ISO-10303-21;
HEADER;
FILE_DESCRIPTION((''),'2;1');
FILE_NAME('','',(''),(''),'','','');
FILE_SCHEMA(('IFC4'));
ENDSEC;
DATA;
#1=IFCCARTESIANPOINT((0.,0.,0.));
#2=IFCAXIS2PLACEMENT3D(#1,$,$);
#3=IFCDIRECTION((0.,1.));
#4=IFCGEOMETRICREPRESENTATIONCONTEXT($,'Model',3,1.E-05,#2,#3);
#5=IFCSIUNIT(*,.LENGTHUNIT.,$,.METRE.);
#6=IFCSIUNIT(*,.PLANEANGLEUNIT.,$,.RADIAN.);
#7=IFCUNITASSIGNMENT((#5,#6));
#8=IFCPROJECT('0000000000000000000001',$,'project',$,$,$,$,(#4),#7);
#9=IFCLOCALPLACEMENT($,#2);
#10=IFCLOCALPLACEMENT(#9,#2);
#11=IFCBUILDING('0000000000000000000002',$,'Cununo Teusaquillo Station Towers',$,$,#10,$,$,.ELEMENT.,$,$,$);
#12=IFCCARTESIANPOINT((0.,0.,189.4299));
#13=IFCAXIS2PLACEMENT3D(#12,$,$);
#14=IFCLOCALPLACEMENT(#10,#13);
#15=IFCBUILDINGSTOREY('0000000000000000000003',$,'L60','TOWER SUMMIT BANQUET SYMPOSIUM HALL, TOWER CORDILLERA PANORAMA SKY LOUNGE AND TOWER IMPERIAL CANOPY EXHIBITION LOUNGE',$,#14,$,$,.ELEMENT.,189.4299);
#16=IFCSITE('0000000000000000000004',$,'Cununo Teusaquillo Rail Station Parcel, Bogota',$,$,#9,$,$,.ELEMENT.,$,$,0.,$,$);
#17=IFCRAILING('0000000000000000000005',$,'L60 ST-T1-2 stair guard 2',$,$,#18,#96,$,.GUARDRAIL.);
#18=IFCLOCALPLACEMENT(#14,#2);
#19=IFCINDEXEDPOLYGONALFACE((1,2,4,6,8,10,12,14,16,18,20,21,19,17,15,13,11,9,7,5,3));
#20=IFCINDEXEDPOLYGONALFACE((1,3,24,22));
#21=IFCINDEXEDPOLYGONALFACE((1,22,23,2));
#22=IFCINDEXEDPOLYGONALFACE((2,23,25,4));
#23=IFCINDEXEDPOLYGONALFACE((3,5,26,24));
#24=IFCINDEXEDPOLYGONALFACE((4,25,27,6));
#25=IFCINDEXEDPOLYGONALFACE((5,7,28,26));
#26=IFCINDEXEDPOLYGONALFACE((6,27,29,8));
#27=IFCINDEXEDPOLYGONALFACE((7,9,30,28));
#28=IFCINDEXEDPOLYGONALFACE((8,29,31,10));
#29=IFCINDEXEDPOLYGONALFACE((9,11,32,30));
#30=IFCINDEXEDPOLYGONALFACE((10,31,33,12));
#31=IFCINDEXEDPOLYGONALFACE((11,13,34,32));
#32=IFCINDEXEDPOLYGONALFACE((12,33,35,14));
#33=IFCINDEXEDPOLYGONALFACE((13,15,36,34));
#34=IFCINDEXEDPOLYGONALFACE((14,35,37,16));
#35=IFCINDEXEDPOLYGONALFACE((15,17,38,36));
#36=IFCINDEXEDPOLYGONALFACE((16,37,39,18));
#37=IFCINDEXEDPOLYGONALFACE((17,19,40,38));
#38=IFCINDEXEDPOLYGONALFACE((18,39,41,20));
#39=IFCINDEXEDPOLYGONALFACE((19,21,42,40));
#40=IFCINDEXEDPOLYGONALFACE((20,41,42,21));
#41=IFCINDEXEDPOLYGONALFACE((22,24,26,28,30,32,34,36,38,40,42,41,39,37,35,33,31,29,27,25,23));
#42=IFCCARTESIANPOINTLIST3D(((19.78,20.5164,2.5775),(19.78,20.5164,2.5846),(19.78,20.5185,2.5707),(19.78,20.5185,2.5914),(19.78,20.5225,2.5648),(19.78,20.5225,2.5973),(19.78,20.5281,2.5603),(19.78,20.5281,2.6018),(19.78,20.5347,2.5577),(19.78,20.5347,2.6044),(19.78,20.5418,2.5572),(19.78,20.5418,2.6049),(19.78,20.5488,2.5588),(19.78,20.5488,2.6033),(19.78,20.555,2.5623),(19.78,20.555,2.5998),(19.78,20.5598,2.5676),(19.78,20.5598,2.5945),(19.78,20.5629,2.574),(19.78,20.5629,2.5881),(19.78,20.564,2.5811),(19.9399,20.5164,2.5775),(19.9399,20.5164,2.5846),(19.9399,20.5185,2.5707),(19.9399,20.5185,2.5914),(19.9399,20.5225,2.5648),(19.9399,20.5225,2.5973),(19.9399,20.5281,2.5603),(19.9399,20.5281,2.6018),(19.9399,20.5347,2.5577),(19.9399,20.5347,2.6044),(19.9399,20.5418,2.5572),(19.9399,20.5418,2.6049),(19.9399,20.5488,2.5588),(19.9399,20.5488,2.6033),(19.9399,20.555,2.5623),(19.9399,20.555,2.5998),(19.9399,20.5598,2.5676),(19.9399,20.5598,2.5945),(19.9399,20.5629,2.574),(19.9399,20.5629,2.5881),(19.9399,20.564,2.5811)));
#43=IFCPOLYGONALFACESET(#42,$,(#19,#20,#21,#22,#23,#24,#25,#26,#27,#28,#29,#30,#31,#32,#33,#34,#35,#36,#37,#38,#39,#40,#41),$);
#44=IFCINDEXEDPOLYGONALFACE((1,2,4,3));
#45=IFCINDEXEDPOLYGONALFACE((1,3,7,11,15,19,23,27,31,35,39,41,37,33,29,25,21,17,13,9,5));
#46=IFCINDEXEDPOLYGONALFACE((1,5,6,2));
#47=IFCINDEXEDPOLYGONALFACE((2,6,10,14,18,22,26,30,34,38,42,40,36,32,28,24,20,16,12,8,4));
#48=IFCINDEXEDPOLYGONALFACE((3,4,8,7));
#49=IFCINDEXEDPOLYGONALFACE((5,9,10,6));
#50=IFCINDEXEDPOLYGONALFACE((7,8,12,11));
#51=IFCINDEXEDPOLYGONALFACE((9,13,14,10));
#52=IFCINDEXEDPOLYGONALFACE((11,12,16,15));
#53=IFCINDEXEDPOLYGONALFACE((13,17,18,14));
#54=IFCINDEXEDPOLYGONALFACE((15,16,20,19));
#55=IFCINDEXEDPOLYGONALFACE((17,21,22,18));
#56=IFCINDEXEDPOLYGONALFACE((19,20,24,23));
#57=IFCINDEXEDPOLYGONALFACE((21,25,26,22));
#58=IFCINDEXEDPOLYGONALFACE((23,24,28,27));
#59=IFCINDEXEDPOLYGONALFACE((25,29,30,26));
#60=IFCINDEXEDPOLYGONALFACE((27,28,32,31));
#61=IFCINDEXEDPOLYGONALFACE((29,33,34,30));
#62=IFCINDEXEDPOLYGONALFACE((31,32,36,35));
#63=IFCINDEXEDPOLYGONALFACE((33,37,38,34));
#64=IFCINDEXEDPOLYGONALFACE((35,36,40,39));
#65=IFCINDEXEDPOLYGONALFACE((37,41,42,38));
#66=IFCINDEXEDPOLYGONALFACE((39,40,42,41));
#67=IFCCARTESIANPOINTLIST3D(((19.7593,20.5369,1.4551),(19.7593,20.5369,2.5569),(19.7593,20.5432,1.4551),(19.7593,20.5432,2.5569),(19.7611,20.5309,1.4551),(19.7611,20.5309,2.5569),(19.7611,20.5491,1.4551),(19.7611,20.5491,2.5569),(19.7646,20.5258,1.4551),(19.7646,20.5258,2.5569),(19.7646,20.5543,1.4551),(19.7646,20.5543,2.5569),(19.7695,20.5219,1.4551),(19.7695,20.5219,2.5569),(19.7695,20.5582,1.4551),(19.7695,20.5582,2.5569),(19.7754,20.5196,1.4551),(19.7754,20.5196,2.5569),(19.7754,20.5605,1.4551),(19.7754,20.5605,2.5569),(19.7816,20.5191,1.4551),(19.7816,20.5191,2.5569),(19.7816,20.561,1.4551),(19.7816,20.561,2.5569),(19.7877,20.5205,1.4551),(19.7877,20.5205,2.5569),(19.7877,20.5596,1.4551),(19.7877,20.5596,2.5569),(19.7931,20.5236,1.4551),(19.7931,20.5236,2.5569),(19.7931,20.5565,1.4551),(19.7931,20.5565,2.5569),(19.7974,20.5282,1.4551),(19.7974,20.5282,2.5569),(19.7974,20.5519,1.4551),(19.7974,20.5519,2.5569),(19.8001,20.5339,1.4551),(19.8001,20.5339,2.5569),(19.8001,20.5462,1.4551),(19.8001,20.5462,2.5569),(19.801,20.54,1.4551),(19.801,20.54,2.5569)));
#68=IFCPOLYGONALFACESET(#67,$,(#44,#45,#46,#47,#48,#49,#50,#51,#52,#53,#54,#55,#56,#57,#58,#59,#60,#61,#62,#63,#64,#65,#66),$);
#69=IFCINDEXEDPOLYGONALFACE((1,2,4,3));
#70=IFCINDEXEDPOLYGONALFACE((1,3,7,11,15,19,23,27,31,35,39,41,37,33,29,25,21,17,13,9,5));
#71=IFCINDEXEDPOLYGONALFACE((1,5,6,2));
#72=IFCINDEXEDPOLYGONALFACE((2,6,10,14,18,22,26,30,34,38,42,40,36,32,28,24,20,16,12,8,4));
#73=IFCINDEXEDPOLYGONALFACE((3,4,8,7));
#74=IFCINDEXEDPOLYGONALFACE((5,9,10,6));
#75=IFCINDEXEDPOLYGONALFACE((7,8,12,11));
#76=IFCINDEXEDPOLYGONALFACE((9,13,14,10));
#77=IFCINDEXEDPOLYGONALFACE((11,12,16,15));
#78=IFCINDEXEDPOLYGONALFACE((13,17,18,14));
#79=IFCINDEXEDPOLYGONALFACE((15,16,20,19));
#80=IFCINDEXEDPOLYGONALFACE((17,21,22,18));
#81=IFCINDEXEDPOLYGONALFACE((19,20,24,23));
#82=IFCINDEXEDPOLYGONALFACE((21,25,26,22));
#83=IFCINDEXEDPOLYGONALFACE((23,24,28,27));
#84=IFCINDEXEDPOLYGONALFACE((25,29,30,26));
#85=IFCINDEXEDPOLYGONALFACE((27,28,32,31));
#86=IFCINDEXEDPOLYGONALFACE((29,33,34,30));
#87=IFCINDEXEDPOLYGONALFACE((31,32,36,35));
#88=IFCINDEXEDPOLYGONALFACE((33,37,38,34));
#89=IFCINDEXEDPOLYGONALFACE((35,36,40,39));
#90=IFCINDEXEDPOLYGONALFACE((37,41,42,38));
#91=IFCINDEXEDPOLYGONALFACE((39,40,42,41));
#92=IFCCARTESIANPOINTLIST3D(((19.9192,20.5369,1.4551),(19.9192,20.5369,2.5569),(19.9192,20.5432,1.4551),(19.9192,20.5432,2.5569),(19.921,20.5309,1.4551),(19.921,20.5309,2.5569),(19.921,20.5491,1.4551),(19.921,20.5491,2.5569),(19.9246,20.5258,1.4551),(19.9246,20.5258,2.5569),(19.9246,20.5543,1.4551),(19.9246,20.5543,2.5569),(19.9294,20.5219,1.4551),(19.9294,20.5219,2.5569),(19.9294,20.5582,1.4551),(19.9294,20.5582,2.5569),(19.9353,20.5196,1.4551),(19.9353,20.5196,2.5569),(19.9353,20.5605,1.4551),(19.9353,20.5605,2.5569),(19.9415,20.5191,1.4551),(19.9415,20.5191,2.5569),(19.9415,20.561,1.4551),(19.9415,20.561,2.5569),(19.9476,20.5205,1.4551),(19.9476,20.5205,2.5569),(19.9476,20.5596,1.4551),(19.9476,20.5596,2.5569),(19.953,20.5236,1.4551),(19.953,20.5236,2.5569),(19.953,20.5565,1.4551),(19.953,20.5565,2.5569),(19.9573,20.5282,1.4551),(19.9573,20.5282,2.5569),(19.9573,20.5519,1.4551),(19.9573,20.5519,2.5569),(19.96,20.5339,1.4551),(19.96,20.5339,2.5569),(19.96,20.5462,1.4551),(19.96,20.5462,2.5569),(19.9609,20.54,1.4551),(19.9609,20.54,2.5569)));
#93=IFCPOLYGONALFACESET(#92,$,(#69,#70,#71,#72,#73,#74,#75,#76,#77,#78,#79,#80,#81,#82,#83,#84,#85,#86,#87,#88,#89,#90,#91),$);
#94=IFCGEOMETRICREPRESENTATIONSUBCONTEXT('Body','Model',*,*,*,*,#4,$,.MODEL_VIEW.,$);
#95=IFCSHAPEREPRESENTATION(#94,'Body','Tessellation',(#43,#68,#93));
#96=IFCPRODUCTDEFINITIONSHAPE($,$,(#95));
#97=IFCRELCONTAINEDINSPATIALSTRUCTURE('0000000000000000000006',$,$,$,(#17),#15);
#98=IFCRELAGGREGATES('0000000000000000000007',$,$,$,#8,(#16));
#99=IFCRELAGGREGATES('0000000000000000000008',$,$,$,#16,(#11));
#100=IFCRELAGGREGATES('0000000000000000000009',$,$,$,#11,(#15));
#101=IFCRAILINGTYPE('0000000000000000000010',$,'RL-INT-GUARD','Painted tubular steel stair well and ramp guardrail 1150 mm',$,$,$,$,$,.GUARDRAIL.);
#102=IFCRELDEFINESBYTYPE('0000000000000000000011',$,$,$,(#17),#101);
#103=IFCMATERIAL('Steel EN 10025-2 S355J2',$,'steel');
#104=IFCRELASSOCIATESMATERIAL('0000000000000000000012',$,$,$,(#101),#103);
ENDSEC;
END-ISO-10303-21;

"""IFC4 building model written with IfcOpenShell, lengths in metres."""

from ifc_helpers import new_model, si_unit, direction, frame, origin, origin_2d, place, context, subcontext, project, spatial, circle, extrude, material, type_object, element, save


model = new_model("IFC4")

# Units and contexts
model_context = context("Model", 3, precision=1e-05, world=origin(), true_north=direction((0.0, 1.0)))
body_context = subcontext(model_context, "Body", "Model", "MODEL_VIEW")
ifc_project = project(units=[si_unit("LENGTHUNIT", "METRE"), si_unit("PLANEANGLEUNIT", "RADIAN")], contexts=[model_context])

# Site, building, storey
site_placement = place(None, origin())
site = spatial("IfcSite", under=ifc_project, at=site_placement, Name="Cununo Teusaquillo Rail Station Parcel, Bogota", CompositionType="ELEMENT", RefElevation=0.0)
building_placement = place(site_placement, origin())
building = spatial("IfcBuilding", under=site, at=building_placement, Name="Cununo Teusaquillo Station Towers", CompositionType="ELEMENT")
storey_placement = place(building_placement, frame((0.0, 0.0, 189.4299)))
storey = spatial("IfcBuildingStorey", under=building, at=storey_placement, Name="L60", Description="TOWER SUMMIT BANQUET SYMPOSIUM HALL, TOWER CORDILLERA PANORAMA SKY LOUNGE AND TOWER IMPERIAL CANOPY EXHIBITION LOUNGE", CompositionType="ELEMENT", Elevation=189.4299)

# Railing
ifc_material_1 = material(Name="Steel EN 10025-2 S355J2", Category="steel")
railing_type_1 = type_object("IfcRailingType", Name="RL-INT-GUARD", Description="Painted tubular steel stair well and ramp guardrail 1150 mm", PredefinedType="GUARDRAIL", material=ifc_material_1)
railing_1_placement = place(storey_placement, frame((19.78, 20.54, 1.4551)))
element("IfcRailing", 1, at=railing_1_placement, inside=storey, type_object=railing_type_1, Name="L60 ST-T1-2 stair guard 2", PredefinedType="GUARDRAIL", context=body_context, shape_type="SweptSolid", body=[
    extrude(circle(Radius=0.0239, at=origin_2d()), frame((0.0, 0.0, 1.126), z_axis=(1.0, 0.0, 0.0), x_axis=(0.0, 1.0, 0.0)), (0.0, 0.0, 1.0), 0.1599),
    extrude(circle(Radius=0.021, at=origin_2d()), origin(), (0.0, 0.0, 1.0), 1.1018),
    extrude(circle(Radius=0.021, at=origin_2d()), frame((0.1599, 0.0, 0.0)), (0.0, 0.0, 1.0), 1.1018),
])

save(model, "model.ifc")
